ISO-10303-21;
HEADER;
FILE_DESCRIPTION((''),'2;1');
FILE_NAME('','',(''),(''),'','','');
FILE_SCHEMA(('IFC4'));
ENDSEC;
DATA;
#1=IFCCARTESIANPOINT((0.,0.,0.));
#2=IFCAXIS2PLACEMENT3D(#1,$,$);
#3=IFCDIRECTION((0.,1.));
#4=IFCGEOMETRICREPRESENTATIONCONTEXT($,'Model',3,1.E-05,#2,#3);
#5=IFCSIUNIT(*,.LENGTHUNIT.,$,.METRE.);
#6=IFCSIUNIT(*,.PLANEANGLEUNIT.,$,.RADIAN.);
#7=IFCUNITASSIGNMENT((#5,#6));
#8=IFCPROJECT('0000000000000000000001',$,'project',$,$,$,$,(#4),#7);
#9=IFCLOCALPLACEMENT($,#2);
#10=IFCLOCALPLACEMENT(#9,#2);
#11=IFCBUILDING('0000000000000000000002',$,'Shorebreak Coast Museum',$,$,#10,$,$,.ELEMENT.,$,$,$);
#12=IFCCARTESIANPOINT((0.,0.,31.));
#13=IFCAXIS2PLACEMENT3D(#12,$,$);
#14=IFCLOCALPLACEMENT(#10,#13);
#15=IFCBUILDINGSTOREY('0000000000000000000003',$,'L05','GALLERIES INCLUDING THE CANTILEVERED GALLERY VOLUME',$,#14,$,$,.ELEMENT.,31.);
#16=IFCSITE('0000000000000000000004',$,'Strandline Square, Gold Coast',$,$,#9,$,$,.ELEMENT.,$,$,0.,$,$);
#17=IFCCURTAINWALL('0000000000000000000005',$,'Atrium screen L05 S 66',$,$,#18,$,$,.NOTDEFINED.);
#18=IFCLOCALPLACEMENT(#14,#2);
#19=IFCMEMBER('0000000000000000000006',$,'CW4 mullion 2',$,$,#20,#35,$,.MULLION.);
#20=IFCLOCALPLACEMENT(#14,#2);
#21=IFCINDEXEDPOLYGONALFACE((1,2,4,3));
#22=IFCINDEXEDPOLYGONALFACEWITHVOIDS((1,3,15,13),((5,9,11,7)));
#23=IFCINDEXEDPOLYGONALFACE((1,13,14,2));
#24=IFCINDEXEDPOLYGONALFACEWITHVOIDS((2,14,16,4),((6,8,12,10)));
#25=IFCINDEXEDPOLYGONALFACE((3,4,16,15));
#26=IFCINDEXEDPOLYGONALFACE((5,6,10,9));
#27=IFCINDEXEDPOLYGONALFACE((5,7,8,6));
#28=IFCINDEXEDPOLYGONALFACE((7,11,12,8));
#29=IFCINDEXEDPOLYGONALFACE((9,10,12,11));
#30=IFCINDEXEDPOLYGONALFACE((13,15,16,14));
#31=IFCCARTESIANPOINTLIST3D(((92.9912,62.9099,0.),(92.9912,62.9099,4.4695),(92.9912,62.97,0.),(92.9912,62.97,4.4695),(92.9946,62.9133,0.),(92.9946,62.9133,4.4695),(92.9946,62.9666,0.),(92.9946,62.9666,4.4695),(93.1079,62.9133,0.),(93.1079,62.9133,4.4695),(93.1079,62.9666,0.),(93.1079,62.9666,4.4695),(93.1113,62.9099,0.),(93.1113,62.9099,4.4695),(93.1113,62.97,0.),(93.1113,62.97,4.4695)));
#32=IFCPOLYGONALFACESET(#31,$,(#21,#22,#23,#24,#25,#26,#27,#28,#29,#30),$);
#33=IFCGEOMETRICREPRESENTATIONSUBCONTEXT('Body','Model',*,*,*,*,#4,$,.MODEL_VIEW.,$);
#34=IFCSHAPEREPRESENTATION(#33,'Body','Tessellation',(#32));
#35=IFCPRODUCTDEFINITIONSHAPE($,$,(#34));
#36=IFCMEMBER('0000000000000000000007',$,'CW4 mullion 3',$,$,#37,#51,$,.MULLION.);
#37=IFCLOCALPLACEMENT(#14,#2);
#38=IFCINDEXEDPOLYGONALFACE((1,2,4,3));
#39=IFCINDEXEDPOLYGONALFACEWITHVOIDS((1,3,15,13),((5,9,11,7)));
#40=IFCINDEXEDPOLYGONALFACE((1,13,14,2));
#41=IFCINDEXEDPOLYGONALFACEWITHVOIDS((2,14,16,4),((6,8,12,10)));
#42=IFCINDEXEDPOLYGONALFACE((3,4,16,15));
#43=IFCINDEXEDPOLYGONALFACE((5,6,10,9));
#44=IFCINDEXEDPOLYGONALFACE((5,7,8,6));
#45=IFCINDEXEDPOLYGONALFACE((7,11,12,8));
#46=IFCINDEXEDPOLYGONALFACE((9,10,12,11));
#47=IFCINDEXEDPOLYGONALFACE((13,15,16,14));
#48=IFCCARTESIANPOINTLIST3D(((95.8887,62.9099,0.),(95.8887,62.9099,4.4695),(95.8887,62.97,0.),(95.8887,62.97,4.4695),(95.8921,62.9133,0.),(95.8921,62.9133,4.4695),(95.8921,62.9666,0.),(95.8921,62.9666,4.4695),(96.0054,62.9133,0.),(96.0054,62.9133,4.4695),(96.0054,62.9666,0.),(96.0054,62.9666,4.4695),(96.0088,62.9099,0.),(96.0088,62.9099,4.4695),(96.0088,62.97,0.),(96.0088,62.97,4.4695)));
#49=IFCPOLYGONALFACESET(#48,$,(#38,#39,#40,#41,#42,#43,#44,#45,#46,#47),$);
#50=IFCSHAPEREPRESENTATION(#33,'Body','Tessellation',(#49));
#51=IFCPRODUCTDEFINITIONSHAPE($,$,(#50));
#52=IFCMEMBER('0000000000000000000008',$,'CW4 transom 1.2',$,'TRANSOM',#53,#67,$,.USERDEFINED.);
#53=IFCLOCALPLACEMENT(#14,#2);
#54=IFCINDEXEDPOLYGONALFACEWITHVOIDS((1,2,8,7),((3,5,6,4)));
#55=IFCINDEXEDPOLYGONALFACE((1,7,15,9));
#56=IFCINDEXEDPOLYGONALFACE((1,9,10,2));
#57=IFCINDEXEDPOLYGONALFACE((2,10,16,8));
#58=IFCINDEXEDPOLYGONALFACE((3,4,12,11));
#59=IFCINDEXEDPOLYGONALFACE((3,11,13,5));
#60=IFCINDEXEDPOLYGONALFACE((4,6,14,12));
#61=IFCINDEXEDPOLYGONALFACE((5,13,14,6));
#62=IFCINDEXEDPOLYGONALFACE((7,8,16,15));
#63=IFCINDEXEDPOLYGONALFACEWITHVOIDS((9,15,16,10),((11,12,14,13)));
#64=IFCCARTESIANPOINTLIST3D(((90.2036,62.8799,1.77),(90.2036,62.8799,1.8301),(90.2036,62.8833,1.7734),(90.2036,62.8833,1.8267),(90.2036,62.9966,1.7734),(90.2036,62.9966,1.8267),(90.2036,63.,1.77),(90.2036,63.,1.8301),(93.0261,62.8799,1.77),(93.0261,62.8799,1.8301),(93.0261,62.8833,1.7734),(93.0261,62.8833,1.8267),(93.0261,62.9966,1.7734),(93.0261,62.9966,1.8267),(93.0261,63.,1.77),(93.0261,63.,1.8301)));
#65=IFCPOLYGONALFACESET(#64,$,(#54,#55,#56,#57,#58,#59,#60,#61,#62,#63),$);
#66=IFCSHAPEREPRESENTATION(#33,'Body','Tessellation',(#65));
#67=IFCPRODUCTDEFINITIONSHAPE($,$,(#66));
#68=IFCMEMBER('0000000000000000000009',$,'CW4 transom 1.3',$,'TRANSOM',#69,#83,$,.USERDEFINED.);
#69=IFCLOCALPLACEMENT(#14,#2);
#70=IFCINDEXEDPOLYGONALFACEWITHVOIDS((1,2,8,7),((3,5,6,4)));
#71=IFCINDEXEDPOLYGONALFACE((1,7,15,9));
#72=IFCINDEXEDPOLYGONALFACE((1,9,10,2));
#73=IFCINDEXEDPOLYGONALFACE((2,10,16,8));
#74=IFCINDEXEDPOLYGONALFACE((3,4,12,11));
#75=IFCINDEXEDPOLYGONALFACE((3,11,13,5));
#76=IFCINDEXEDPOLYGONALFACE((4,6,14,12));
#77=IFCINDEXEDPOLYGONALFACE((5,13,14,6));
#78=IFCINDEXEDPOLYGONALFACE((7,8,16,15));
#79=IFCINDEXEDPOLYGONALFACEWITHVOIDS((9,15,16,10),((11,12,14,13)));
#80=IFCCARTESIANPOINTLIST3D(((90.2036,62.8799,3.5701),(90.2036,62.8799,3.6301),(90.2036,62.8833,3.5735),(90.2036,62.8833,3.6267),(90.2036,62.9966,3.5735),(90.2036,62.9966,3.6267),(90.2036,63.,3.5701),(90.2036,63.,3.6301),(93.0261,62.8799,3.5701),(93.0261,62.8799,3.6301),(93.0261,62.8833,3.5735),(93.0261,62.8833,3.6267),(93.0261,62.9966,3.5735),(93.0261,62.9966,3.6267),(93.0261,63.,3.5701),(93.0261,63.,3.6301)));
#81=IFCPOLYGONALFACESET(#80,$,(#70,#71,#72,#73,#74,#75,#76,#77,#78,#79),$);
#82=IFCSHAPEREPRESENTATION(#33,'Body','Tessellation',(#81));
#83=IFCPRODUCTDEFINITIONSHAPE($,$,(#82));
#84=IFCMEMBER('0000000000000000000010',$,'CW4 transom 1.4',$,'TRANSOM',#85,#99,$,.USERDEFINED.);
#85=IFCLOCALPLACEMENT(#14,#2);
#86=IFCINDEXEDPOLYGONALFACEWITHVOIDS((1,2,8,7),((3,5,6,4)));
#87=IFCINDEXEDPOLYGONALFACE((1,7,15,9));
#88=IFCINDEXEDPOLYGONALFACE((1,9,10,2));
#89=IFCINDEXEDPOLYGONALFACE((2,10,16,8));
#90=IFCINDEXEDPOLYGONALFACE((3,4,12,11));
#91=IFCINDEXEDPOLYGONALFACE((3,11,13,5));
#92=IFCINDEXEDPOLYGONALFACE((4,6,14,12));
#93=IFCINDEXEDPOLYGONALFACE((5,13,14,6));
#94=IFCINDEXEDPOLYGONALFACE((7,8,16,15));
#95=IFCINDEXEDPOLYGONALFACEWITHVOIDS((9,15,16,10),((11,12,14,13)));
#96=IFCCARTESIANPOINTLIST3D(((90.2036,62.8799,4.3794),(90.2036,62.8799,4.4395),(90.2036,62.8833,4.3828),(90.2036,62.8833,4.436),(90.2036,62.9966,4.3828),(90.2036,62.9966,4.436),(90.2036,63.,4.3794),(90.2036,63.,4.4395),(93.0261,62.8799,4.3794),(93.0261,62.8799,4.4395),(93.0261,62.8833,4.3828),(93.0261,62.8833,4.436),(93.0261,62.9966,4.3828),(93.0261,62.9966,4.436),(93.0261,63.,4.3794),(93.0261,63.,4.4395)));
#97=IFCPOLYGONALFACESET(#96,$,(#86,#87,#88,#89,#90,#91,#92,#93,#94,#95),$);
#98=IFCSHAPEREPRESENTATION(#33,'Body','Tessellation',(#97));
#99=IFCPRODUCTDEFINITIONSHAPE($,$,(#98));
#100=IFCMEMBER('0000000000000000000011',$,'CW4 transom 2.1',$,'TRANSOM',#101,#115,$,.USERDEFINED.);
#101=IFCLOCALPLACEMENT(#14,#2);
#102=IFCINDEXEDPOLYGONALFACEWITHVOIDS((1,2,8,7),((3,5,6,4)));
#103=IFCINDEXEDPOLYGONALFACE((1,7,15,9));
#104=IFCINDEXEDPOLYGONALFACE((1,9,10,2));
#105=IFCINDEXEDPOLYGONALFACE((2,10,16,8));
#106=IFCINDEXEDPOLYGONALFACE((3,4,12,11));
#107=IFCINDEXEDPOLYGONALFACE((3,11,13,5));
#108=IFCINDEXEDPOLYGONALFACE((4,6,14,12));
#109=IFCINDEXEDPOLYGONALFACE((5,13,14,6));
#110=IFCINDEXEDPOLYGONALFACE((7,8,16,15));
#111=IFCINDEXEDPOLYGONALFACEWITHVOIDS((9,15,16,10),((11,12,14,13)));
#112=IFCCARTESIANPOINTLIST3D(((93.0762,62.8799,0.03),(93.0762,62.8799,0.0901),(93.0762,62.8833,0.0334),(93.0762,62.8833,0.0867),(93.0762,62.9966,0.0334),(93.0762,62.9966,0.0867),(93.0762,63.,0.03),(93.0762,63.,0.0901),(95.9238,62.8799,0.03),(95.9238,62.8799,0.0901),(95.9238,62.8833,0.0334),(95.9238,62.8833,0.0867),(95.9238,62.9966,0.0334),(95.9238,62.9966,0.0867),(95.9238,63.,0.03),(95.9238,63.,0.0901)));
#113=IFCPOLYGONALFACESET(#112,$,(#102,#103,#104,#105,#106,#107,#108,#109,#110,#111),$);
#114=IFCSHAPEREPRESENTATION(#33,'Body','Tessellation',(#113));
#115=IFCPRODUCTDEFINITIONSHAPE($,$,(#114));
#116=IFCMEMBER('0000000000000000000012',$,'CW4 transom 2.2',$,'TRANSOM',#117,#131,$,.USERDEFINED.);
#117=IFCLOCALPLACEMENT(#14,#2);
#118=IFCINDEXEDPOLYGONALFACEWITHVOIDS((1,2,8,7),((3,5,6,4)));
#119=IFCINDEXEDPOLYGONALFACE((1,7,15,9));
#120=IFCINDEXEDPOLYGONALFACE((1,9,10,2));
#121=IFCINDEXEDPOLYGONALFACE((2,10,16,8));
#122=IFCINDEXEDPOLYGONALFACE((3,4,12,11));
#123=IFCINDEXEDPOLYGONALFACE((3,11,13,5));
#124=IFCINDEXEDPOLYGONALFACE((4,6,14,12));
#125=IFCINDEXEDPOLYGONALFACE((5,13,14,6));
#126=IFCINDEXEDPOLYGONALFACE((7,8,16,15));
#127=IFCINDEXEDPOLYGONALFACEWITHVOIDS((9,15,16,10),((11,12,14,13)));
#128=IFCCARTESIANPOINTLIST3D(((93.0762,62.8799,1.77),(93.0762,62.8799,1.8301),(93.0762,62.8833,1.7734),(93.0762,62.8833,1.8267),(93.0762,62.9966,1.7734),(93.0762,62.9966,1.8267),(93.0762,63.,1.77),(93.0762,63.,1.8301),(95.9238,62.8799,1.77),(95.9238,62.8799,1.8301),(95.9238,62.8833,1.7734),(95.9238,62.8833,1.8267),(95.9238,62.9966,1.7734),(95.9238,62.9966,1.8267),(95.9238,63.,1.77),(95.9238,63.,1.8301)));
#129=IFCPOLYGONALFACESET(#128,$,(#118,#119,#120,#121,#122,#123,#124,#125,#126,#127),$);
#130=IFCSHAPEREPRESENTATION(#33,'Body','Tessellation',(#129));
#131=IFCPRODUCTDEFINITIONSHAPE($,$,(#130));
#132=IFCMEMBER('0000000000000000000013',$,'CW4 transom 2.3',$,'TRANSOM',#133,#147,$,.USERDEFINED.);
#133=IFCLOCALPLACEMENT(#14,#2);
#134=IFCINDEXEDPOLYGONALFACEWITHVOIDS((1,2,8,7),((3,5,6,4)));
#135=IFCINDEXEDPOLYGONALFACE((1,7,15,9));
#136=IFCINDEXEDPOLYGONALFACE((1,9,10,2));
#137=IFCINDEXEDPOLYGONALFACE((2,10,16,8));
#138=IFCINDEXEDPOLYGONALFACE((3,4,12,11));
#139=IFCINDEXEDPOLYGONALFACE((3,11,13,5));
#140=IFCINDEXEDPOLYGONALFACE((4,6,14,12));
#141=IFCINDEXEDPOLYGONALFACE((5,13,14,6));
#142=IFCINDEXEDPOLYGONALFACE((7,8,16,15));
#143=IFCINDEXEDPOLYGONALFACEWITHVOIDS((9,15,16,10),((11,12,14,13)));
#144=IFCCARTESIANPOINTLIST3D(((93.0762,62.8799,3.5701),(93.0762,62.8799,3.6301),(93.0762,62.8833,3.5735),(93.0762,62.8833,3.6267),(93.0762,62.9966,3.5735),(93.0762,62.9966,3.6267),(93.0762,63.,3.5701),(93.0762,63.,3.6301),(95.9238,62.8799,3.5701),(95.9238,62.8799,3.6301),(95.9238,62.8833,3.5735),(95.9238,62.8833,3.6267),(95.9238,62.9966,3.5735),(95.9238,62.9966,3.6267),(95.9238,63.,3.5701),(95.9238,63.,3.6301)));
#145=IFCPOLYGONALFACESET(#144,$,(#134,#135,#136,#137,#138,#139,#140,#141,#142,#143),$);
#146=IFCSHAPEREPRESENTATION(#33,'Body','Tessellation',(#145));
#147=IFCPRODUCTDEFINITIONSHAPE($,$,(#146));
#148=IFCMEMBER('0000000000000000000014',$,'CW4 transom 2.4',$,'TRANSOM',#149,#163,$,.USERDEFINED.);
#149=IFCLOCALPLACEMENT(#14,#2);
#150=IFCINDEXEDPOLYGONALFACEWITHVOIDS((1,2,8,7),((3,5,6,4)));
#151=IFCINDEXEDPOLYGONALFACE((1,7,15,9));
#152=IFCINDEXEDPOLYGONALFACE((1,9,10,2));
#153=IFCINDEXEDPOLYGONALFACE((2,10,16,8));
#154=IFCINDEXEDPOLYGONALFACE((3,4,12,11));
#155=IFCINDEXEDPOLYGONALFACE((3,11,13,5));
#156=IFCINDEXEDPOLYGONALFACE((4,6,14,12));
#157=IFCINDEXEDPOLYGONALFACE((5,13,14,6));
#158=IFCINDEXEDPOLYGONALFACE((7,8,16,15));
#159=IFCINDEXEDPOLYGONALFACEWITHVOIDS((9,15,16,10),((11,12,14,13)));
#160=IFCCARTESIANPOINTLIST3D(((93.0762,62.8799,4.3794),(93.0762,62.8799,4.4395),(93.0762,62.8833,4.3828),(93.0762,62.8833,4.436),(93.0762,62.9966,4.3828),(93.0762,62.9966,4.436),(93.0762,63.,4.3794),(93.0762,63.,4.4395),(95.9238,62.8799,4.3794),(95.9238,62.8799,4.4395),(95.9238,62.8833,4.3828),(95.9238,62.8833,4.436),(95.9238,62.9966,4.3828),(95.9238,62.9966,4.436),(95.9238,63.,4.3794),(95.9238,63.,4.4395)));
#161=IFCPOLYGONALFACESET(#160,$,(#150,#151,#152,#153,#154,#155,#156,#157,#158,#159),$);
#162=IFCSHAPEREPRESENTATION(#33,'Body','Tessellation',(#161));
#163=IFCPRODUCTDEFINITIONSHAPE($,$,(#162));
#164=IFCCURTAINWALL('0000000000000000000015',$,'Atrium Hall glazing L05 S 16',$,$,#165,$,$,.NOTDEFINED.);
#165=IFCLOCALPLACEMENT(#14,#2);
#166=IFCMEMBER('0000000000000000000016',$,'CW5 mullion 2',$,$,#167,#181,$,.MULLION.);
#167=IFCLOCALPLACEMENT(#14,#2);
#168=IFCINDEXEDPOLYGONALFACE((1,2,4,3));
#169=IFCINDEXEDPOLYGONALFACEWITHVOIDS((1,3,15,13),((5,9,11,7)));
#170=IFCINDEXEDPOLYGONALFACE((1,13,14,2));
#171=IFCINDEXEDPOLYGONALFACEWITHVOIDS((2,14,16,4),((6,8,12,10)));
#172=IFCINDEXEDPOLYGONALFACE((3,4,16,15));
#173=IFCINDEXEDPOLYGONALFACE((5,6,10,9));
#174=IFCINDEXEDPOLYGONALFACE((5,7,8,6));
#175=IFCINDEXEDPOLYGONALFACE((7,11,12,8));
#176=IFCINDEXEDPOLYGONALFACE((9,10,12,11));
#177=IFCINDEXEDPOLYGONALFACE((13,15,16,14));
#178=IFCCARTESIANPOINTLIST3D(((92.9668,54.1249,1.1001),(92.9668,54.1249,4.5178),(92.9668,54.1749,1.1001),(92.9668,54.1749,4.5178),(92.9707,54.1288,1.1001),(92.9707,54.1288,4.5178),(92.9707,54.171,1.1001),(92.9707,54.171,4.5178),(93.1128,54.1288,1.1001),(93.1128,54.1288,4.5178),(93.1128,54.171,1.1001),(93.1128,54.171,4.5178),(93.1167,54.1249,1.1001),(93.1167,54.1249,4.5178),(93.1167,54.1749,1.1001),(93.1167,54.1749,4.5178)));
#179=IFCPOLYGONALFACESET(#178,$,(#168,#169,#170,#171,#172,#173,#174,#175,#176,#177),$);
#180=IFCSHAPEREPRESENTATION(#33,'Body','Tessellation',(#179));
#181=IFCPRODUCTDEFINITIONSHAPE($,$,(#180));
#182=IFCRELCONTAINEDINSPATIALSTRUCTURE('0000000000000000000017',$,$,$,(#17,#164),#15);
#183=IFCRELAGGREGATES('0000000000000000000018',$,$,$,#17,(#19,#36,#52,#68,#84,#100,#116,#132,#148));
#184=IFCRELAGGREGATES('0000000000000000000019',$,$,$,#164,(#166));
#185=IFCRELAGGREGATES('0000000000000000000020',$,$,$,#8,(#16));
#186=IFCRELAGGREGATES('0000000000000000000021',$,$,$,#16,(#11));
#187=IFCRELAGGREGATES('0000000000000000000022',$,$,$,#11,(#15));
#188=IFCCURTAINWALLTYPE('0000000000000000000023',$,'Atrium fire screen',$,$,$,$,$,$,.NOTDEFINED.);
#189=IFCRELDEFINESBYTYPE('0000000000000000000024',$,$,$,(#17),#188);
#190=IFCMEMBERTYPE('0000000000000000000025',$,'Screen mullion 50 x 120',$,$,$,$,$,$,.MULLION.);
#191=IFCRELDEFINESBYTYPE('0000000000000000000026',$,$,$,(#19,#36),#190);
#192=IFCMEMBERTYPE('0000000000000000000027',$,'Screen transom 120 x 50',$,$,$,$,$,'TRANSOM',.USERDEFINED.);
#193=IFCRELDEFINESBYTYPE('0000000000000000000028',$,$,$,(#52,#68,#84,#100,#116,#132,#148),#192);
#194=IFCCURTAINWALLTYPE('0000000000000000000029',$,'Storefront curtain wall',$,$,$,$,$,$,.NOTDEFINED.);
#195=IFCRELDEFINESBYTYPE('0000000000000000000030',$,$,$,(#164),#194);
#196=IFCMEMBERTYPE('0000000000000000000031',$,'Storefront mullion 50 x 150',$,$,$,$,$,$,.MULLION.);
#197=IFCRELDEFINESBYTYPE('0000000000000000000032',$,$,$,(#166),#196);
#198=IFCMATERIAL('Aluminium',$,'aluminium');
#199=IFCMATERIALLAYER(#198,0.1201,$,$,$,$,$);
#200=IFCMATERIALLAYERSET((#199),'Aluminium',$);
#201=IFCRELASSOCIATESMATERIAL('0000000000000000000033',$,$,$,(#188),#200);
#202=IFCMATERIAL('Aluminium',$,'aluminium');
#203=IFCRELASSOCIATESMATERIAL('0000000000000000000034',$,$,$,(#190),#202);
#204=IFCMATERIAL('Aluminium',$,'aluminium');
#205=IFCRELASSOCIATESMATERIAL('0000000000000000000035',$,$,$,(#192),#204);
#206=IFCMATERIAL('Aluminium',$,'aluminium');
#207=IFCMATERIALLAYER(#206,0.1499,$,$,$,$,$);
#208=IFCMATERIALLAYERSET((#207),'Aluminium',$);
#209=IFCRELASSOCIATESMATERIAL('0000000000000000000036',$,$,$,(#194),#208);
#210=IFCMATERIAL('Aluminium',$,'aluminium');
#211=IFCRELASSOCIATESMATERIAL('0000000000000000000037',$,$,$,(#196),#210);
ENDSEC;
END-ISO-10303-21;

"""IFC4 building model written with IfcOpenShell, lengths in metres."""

from ifc_helpers import new_model, si_unit, direction, frame, origin, origin_2d, place, context, subcontext, project, spatial, hollow_rectangle, extrude, material, layer, layer_set, material_profile, profile_set, type_object, element, aggregate, save


model = new_model("IFC4")

# Units and contexts
model_context = context("Model", 3, precision=1e-05, world=origin(), true_north=direction((0.0, 1.0)))
body_context = subcontext(model_context, "Body", "Model", "MODEL_VIEW")
ifc_project = project(units=[si_unit("LENGTHUNIT", "METRE"), si_unit("PLANEANGLEUNIT", "RADIAN")], contexts=[model_context])

# Site, building, storey
site_placement = place(None, origin())
site = spatial("IfcSite", under=ifc_project, at=site_placement, Name="Strandline Square, Gold Coast", CompositionType="ELEMENT", RefElevation=0.0)
building_placement = place(site_placement, origin())
building = spatial("IfcBuilding", under=site, at=building_placement, Name="Shorebreak Coast Museum", CompositionType="ELEMENT")
storey_placement = place(building_placement, frame((0.0, 0.0, 31.0)))
storey = spatial("IfcBuildingStorey", under=building, at=storey_placement, Name="L05", Description="GALLERIES INCLUDING THE CANTILEVERED GALLERY VOLUME", CompositionType="ELEMENT", Elevation=31.0)

# Curtain walls, members
ifc_material_1 = material(Name="Aluminium", Category="aluminium")
ifc_layer_1 = layer(ifc_material_1, 0.1201)
ifc_layer_set_1 = layer_set([ifc_layer_1], Name="Aluminium")
curtain_wall_type_1 = type_object("IfcCurtainWallType", Name="Atrium fire screen", PredefinedType="NOTDEFINED", material=ifc_layer_set_1)
curtain_wall_1_placement = place(storey_placement, origin())
curtain_wall_1 = element("IfcCurtainWall", 1, at=curtain_wall_1_placement, inside=storey, type_object=curtain_wall_type_1, Name="Atrium screen L05 S 66", PredefinedType="NOTDEFINED")
ifc_material_2 = material(Name="Aluminium", Category="aluminium")
ifc_material_profile_1 = material_profile(ifc_material_2, hollow_rectangle(XDim=0.0601, YDim=0.1201, WallThickness=0.0034, at=origin_2d()), Name="AL 120x60 RHS")
ifc_profile_set_1 = profile_set([ifc_material_profile_1], Name="Aluminium")
member_type_1 = type_object("IfcMemberType", Name="Screen mullion 50 x 120", PredefinedType="MULLION", material=ifc_profile_set_1)
member_1_placement = place(storey_placement, frame((93.0513, 62.9399, 0.0), z_axis=(0.0, 0.0, 1.0), x_axis=(0.0, 1.0, 0.0)))
member_1 = element("IfcMember", 2, at=member_1_placement, type_object=member_type_1, Name="CW4 mullion 2", PredefinedType="MULLION", context=body_context, shape_type="SweptSolid", body=[
    extrude(hollow_rectangle(XDim=0.0601, YDim=0.1201, WallThickness=0.0034, at=origin_2d()), origin(), (0.0, 0.0, 1.0), 4.4695),
])
member_2_placement = place(storey_placement, frame((95.9487, 62.9399, 0.0), z_axis=(0.0, 0.0, 1.0), x_axis=(0.0, 1.0, 0.0)))
member_2 = element("IfcMember", 3, at=member_2_placement, type_object=member_type_1, Name="CW4 mullion 3", PredefinedType="MULLION", context=body_context, shape_type="SweptSolid", body=[
    extrude(hollow_rectangle(XDim=0.0601, YDim=0.1201, WallThickness=0.0034, at=origin_2d()), origin(), (0.0, 0.0, 1.0), 4.4695),
])
ifc_material_3 = material(Name="Aluminium", Category="aluminium")
ifc_material_profile_2 = material_profile(ifc_material_3, hollow_rectangle(XDim=0.1201, YDim=0.0601, WallThickness=0.0034, at=origin_2d()), Name="AL 60x120 RHS")
ifc_profile_set_2 = profile_set([ifc_material_profile_2], Name="Aluminium")
member_type_2 = type_object("IfcMemberType", Name="Screen transom 120 x 50", ElementType="TRANSOM", PredefinedType="USERDEFINED", material=ifc_profile_set_2)
member_3_placement = place(storey_placement, frame((90.2036, 62.9399, 1.8), z_axis=(1.0, 0.0, 0.0), x_axis=(0.0, 1.0, 0.0)))
member_3 = element("IfcMember", 4, at=member_3_placement, type_object=member_type_2, Name="CW4 transom 1.2", ObjectType="TRANSOM", PredefinedType="USERDEFINED", context=body_context, shape_type="SweptSolid", body=[
    extrude(hollow_rectangle(XDim=0.1201, YDim=0.0601, WallThickness=0.0034, at=origin_2d()), origin(), (0.0, 0.0, 1.0), 2.8225),
])
member_4_placement = place(storey_placement, frame((90.2036, 62.9399, 3.6001), z_axis=(1.0, 0.0, 0.0), x_axis=(0.0, 1.0, 0.0)))
member_4 = element("IfcMember", 5, at=member_4_placement, type_object=member_type_2, Name="CW4 transom 1.3", ObjectType="TRANSOM", PredefinedType="USERDEFINED", context=body_context, shape_type="SweptSolid", body=[
    extrude(hollow_rectangle(XDim=0.1201, YDim=0.0601, WallThickness=0.0034, at=origin_2d()), origin(), (0.0, 0.0, 1.0), 2.8225),
])
member_5_placement = place(storey_placement, frame((90.2036, 62.9399, 4.4094), z_axis=(1.0, 0.0, 0.0), x_axis=(0.0, 1.0, 0.0)))
member_5 = element("IfcMember", 6, at=member_5_placement, type_object=member_type_2, Name="CW4 transom 1.4", ObjectType="TRANSOM", PredefinedType="USERDEFINED", context=body_context, shape_type="SweptSolid", body=[
    extrude(hollow_rectangle(XDim=0.1201, YDim=0.0601, WallThickness=0.0034, at=origin_2d()), origin(), (0.0, 0.0, 1.0), 2.8225),
])
member_6_placement = place(storey_placement, frame((93.0762, 62.9399, 0.0601), z_axis=(1.0, 0.0, 0.0), x_axis=(0.0, 1.0, 0.0)))
member_6 = element("IfcMember", 7, at=member_6_placement, type_object=member_type_2, Name="CW4 transom 2.1", ObjectType="TRANSOM", PredefinedType="USERDEFINED", context=body_context, shape_type="SweptSolid", body=[
    extrude(hollow_rectangle(XDim=0.1201, YDim=0.0601, WallThickness=0.0034, at=origin_2d()), origin(), (0.0, 0.0, 1.0), 2.8477),
])
member_7_placement = place(storey_placement, frame((93.0762, 62.9399, 1.8), z_axis=(1.0, 0.0, 0.0), x_axis=(0.0, 1.0, 0.0)))
member_7 = element("IfcMember", 8, at=member_7_placement, type_object=member_type_2, Name="CW4 transom 2.2", ObjectType="TRANSOM", PredefinedType="USERDEFINED", context=body_context, shape_type="SweptSolid", body=[
    extrude(hollow_rectangle(XDim=0.1201, YDim=0.0601, WallThickness=0.0034, at=origin_2d()), origin(), (0.0, 0.0, 1.0), 2.8477),
])
member_8_placement = place(storey_placement, frame((93.0762, 62.9399, 3.6001), z_axis=(1.0, 0.0, 0.0), x_axis=(0.0, 1.0, 0.0)))
member_8 = element("IfcMember", 9, at=member_8_placement, type_object=member_type_2, Name="CW4 transom 2.3", ObjectType="TRANSOM", PredefinedType="USERDEFINED", context=body_context, shape_type="SweptSolid", body=[
    extrude(hollow_rectangle(XDim=0.1201, YDim=0.0601, WallThickness=0.0034, at=origin_2d()), origin(), (0.0, 0.0, 1.0), 2.8477),
])
member_9_placement = place(storey_placement, frame((93.0762, 62.9399, 4.4094), z_axis=(1.0, 0.0, 0.0), x_axis=(0.0, 1.0, 0.0)))
member_9 = element("IfcMember", 10, at=member_9_placement, type_object=member_type_2, Name="CW4 transom 2.4", ObjectType="TRANSOM", PredefinedType="USERDEFINED", context=body_context, shape_type="SweptSolid", body=[
    extrude(hollow_rectangle(XDim=0.1201, YDim=0.0601, WallThickness=0.0034, at=origin_2d()), origin(), (0.0, 0.0, 1.0), 2.8477),
])
ifc_material_4 = material(Name="Aluminium", Category="aluminium")
ifc_layer_2 = layer(ifc_material_4, 0.1499)
ifc_layer_set_2 = layer_set([ifc_layer_2], Name="Aluminium")
curtain_wall_type_2 = type_object("IfcCurtainWallType", Name="Storefront curtain wall", PredefinedType="NOTDEFINED", material=ifc_layer_set_2)
curtain_wall_2_placement = place(storey_placement, origin())
curtain_wall_2 = element("IfcCurtainWall", 11, at=curtain_wall_2_placement, inside=storey, type_object=curtain_wall_type_2, Name="Atrium Hall glazing L05 S 16", PredefinedType="NOTDEFINED")
ifc_material_5 = material(Name="Aluminium", Category="aluminium")
ifc_material_profile_3 = material_profile(ifc_material_5, hollow_rectangle(XDim=0.05, YDim=0.1499, WallThickness=0.0039, at=origin_2d()), Name="AL 150x50 RHS")
ifc_profile_set_3 = profile_set([ifc_material_profile_3], Name="Aluminium")
member_type_3 = type_object("IfcMemberType", Name="Storefront mullion 50 x 150", PredefinedType="MULLION", material=ifc_profile_set_3)
member_10_placement = place(storey_placement, frame((93.0417, 54.1499, 1.1001), z_axis=(0.0, 0.0, 1.0), x_axis=(0.0, 1.0, 0.0)))
member_10 = element("IfcMember", 12, at=member_10_placement, type_object=member_type_3, Name="CW5 mullion 2", PredefinedType="MULLION", context=body_context, shape_type="SweptSolid", body=[
    extrude(hollow_rectangle(XDim=0.05, YDim=0.1499, WallThickness=0.0039, at=origin_2d()), origin(), (0.0, 0.0, 1.0), 3.4177),
])

aggregate(curtain_wall_1, [member_1, member_2, member_3, member_4, member_5, member_6, member_7, member_8, member_9])
aggregate(curtain_wall_2, [member_10])

save(model, "model.ifc")
